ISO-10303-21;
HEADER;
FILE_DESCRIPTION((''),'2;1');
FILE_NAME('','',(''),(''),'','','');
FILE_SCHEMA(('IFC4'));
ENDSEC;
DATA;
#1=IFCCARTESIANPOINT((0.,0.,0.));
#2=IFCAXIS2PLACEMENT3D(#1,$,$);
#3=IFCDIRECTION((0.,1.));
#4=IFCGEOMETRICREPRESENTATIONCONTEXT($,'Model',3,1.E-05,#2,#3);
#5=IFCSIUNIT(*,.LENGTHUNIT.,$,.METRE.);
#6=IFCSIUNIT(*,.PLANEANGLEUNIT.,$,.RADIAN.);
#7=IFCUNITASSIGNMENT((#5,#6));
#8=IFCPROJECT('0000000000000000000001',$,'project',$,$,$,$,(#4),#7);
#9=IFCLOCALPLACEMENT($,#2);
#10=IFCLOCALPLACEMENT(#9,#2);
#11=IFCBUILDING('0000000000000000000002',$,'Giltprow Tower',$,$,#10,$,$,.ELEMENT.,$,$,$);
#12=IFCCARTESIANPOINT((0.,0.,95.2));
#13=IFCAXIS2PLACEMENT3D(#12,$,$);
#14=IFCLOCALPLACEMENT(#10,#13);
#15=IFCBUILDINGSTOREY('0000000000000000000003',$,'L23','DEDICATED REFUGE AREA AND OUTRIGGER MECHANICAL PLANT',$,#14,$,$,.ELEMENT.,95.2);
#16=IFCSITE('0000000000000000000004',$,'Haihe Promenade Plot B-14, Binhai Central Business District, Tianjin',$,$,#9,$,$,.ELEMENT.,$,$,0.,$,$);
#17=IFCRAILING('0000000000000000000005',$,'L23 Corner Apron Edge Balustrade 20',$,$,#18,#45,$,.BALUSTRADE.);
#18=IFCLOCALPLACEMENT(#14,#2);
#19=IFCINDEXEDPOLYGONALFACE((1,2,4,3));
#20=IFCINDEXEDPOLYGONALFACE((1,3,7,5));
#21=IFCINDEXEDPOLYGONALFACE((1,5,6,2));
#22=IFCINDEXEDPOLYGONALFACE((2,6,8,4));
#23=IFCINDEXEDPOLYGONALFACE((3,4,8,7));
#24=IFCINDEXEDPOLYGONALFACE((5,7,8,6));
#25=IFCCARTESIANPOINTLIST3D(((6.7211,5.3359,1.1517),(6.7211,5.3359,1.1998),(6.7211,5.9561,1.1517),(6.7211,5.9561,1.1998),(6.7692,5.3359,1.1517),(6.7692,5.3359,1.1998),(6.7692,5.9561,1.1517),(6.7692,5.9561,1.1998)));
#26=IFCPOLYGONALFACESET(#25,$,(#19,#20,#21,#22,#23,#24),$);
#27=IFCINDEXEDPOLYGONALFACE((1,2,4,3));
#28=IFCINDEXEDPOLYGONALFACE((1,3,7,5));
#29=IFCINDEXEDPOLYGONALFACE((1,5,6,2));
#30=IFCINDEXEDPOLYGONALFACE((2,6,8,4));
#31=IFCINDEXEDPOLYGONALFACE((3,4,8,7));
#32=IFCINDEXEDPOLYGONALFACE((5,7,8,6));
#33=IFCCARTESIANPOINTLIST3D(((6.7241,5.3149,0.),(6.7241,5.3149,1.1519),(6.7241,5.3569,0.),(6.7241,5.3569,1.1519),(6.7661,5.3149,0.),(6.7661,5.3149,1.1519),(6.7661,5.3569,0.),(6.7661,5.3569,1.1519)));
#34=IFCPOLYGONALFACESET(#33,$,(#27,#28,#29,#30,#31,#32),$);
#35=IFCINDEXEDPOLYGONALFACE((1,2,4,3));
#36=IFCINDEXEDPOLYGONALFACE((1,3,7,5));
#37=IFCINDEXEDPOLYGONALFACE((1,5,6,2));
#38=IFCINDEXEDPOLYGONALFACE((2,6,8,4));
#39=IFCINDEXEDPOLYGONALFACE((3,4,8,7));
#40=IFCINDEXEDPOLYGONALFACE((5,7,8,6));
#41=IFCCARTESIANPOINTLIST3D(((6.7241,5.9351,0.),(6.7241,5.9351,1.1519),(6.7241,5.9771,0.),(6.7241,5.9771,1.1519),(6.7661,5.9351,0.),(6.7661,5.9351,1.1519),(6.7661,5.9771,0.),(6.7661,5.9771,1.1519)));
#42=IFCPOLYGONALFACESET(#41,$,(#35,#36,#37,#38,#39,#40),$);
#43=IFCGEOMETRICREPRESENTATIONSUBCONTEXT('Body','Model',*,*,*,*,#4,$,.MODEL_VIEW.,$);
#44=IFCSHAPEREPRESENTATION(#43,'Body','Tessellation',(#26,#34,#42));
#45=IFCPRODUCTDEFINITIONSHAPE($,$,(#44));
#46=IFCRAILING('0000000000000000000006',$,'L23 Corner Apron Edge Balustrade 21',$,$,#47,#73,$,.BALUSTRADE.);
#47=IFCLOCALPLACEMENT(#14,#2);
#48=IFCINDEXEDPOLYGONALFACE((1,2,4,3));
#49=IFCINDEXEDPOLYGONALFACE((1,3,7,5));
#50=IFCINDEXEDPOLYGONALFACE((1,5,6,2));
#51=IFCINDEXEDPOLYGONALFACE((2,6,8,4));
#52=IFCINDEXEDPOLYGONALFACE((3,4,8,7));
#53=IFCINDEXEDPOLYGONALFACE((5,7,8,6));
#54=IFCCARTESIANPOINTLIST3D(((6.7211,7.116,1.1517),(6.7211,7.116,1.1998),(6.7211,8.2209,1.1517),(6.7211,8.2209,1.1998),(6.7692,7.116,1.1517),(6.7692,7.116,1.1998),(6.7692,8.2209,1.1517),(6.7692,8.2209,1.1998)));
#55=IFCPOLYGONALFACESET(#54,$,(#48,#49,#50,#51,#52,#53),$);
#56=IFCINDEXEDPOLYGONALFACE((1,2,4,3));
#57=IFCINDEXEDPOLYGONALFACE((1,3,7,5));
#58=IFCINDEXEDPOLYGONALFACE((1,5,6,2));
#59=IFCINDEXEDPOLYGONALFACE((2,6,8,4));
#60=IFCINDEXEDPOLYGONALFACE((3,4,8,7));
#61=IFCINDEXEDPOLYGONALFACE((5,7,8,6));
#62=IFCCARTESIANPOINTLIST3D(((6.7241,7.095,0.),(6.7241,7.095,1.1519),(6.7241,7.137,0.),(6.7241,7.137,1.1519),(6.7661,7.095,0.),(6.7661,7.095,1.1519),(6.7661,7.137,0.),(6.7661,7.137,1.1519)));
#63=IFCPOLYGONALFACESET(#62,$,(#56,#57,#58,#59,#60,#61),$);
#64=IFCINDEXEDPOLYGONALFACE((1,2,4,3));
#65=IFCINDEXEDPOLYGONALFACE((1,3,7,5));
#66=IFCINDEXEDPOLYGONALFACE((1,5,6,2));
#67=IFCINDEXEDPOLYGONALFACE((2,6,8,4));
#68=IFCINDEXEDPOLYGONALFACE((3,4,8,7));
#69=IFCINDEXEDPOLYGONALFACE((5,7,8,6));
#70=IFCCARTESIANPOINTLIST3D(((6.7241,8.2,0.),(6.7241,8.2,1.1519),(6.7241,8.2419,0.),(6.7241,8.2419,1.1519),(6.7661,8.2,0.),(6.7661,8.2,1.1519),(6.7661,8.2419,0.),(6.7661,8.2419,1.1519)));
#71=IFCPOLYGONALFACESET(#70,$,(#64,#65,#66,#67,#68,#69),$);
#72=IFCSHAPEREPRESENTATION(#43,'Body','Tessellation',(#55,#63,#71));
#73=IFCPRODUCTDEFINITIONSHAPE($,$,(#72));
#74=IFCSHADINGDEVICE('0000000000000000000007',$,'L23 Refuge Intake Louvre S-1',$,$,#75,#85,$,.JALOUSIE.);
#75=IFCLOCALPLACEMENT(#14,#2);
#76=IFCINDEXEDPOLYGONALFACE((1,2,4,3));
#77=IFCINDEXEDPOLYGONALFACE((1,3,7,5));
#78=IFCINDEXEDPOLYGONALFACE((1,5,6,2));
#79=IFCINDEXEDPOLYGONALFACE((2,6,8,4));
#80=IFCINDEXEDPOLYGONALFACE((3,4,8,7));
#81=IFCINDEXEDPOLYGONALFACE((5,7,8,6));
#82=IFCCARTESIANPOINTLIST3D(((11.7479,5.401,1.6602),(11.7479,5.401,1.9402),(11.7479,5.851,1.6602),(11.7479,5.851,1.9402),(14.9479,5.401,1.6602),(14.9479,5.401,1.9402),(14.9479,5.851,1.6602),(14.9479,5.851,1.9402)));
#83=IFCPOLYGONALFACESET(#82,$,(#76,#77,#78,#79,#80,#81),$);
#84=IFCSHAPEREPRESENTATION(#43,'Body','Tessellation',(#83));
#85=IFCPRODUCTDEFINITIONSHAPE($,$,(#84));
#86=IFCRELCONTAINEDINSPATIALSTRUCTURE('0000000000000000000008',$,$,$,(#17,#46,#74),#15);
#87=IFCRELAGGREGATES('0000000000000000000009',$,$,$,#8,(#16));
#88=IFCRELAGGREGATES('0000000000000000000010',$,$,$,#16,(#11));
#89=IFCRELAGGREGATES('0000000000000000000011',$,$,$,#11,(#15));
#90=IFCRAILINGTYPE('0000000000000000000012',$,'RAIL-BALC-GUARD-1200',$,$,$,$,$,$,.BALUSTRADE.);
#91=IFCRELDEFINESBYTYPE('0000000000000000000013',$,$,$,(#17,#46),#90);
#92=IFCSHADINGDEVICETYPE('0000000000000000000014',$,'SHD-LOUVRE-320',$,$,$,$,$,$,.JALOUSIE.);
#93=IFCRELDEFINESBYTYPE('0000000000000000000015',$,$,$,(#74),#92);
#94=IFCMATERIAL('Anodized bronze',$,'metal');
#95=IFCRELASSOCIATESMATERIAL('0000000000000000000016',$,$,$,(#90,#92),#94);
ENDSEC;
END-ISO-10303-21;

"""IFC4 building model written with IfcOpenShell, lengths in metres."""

from ifc_helpers import new_model, si_unit, direction, frame, origin, origin_2d, place, context, subcontext, project, spatial, rectangle, extrude, source, transform, mapped, material, type_object, element, save


model = new_model("IFC4")

# Units and contexts
model_context = context("Model", 3, precision=1e-05, world=origin(), true_north=direction((0.0, 1.0)))
body_context = subcontext(model_context, "Body", "Model", "MODEL_VIEW")
ifc_project = project(units=[si_unit("LENGTHUNIT", "METRE"), si_unit("PLANEANGLEUNIT", "RADIAN")], contexts=[model_context])

# Site, building, storey
site_placement = place(None, origin())
site = spatial("IfcSite", under=ifc_project, at=site_placement, Name="Haihe Promenade Plot B-14, Binhai Central Business District, Tianjin", CompositionType="ELEMENT", RefElevation=0.0)
building_placement = place(site_placement, origin())
building = spatial("IfcBuilding", under=site, at=building_placement, Name="Giltprow Tower", CompositionType="ELEMENT")
storey_placement = place(building_placement, frame((0.0, 0.0, 95.2)))
storey = spatial("IfcBuildingStorey", under=building, at=storey_placement, Name="L23", Description="DEDICATED REFUGE AREA AND OUTRIGGER MECHANICAL PLANT", CompositionType="ELEMENT", Elevation=95.2)

# Shared definitions
ifc_material_1 = material(Name="Anodized bronze", Category="metal")

# Railings
railing_type = type_object("IfcRailingType", Name="RAIL-BALC-GUARD-1200", PredefinedType="BALUSTRADE", material=ifc_material_1)
railing_1_placement = place(storey_placement, frame((6.7451, 5.3359, 0.0)))
element("IfcRailing", 1, at=railing_1_placement, inside=storey, type_object=railing_type, Name="L23 Corner Apron Edge Balustrade 20", PredefinedType="BALUSTRADE", context=body_context, shape_type="SweptSolid", body=[
    extrude(rectangle(XDim=0.0481, YDim=0.0481, at=origin_2d()), frame((0.0, 0.0, 1.1758), z_axis=(0.0, 1.0, 0.0), x_axis=(-1.0, 0.0, 0.0)), (0.0, 0.0, 1.0), 0.6201),
    extrude(rectangle(XDim=0.042, YDim=0.042, at=origin_2d()), origin(), (0.0, 0.0, 1.0), 1.1519),
    extrude(rectangle(XDim=0.042, YDim=0.042, at=origin_2d()), frame((0.0, 0.6201, 0.0)), (0.0, 0.0, 1.0), 1.1519),
])
railing_2_placement = place(storey_placement, frame((6.7451, 7.116, 0.0)))
element("IfcRailing", 2, at=railing_2_placement, inside=storey, type_object=railing_type, Name="L23 Corner Apron Edge Balustrade 21", PredefinedType="BALUSTRADE", context=body_context, shape_type="SweptSolid", body=[
    extrude(rectangle(XDim=0.0481, YDim=0.0481, at=origin_2d()), frame((0.0, 0.0, 1.1758), z_axis=(0.0, 1.0, 0.0), x_axis=(-1.0, 0.0, 0.0)), (0.0, 0.0, 1.0), 1.105),
    extrude(rectangle(XDim=0.042, YDim=0.042, at=origin_2d()), origin(), (0.0, 0.0, 1.0), 1.1519),
    extrude(rectangle(XDim=0.042, YDim=0.042, at=origin_2d()), frame((0.0, 1.105, 0.0)), (0.0, 0.0, 1.0), 1.1519),
])

# Shading device
shading_device_type = type_object("IfcShadingDeviceType", Name="SHD-LOUVRE-320", PredefinedType="JALOUSIE", material=ifc_material_1)
shared_shape_1 = source(origin(), body_context, "Body", "SweptSolid", [
    extrude(rectangle(XDim=3.2, YDim=0.45, at=origin_2d()), origin(), (0.0, 0.0, 1.0), 0.28),
])
shading_device_placement = place(storey_placement, frame((13.3479, 5.626, 1.6602), z_axis=(0.0, 0.0, 1.0), x_axis=(1.0, 0.0, 0.0)))
element("IfcShadingDevice", 3, at=shading_device_placement, inside=storey, type_object=shading_device_type, Name="L23 Refuge Intake Louvre S-1", PredefinedType="JALOUSIE", context=body_context, shape_type="MappedRepresentation", body=[
    mapped(shared_shape_1, transform((0.0, 0.0, 0.0), x_axis=(1.0, 0.0, 0.0), y_axis=(0.0, 1.0, 0.0), z_axis=(0.0, 0.0, 1.0), scale=1.0)),
])

save(model, "model.ifc")
